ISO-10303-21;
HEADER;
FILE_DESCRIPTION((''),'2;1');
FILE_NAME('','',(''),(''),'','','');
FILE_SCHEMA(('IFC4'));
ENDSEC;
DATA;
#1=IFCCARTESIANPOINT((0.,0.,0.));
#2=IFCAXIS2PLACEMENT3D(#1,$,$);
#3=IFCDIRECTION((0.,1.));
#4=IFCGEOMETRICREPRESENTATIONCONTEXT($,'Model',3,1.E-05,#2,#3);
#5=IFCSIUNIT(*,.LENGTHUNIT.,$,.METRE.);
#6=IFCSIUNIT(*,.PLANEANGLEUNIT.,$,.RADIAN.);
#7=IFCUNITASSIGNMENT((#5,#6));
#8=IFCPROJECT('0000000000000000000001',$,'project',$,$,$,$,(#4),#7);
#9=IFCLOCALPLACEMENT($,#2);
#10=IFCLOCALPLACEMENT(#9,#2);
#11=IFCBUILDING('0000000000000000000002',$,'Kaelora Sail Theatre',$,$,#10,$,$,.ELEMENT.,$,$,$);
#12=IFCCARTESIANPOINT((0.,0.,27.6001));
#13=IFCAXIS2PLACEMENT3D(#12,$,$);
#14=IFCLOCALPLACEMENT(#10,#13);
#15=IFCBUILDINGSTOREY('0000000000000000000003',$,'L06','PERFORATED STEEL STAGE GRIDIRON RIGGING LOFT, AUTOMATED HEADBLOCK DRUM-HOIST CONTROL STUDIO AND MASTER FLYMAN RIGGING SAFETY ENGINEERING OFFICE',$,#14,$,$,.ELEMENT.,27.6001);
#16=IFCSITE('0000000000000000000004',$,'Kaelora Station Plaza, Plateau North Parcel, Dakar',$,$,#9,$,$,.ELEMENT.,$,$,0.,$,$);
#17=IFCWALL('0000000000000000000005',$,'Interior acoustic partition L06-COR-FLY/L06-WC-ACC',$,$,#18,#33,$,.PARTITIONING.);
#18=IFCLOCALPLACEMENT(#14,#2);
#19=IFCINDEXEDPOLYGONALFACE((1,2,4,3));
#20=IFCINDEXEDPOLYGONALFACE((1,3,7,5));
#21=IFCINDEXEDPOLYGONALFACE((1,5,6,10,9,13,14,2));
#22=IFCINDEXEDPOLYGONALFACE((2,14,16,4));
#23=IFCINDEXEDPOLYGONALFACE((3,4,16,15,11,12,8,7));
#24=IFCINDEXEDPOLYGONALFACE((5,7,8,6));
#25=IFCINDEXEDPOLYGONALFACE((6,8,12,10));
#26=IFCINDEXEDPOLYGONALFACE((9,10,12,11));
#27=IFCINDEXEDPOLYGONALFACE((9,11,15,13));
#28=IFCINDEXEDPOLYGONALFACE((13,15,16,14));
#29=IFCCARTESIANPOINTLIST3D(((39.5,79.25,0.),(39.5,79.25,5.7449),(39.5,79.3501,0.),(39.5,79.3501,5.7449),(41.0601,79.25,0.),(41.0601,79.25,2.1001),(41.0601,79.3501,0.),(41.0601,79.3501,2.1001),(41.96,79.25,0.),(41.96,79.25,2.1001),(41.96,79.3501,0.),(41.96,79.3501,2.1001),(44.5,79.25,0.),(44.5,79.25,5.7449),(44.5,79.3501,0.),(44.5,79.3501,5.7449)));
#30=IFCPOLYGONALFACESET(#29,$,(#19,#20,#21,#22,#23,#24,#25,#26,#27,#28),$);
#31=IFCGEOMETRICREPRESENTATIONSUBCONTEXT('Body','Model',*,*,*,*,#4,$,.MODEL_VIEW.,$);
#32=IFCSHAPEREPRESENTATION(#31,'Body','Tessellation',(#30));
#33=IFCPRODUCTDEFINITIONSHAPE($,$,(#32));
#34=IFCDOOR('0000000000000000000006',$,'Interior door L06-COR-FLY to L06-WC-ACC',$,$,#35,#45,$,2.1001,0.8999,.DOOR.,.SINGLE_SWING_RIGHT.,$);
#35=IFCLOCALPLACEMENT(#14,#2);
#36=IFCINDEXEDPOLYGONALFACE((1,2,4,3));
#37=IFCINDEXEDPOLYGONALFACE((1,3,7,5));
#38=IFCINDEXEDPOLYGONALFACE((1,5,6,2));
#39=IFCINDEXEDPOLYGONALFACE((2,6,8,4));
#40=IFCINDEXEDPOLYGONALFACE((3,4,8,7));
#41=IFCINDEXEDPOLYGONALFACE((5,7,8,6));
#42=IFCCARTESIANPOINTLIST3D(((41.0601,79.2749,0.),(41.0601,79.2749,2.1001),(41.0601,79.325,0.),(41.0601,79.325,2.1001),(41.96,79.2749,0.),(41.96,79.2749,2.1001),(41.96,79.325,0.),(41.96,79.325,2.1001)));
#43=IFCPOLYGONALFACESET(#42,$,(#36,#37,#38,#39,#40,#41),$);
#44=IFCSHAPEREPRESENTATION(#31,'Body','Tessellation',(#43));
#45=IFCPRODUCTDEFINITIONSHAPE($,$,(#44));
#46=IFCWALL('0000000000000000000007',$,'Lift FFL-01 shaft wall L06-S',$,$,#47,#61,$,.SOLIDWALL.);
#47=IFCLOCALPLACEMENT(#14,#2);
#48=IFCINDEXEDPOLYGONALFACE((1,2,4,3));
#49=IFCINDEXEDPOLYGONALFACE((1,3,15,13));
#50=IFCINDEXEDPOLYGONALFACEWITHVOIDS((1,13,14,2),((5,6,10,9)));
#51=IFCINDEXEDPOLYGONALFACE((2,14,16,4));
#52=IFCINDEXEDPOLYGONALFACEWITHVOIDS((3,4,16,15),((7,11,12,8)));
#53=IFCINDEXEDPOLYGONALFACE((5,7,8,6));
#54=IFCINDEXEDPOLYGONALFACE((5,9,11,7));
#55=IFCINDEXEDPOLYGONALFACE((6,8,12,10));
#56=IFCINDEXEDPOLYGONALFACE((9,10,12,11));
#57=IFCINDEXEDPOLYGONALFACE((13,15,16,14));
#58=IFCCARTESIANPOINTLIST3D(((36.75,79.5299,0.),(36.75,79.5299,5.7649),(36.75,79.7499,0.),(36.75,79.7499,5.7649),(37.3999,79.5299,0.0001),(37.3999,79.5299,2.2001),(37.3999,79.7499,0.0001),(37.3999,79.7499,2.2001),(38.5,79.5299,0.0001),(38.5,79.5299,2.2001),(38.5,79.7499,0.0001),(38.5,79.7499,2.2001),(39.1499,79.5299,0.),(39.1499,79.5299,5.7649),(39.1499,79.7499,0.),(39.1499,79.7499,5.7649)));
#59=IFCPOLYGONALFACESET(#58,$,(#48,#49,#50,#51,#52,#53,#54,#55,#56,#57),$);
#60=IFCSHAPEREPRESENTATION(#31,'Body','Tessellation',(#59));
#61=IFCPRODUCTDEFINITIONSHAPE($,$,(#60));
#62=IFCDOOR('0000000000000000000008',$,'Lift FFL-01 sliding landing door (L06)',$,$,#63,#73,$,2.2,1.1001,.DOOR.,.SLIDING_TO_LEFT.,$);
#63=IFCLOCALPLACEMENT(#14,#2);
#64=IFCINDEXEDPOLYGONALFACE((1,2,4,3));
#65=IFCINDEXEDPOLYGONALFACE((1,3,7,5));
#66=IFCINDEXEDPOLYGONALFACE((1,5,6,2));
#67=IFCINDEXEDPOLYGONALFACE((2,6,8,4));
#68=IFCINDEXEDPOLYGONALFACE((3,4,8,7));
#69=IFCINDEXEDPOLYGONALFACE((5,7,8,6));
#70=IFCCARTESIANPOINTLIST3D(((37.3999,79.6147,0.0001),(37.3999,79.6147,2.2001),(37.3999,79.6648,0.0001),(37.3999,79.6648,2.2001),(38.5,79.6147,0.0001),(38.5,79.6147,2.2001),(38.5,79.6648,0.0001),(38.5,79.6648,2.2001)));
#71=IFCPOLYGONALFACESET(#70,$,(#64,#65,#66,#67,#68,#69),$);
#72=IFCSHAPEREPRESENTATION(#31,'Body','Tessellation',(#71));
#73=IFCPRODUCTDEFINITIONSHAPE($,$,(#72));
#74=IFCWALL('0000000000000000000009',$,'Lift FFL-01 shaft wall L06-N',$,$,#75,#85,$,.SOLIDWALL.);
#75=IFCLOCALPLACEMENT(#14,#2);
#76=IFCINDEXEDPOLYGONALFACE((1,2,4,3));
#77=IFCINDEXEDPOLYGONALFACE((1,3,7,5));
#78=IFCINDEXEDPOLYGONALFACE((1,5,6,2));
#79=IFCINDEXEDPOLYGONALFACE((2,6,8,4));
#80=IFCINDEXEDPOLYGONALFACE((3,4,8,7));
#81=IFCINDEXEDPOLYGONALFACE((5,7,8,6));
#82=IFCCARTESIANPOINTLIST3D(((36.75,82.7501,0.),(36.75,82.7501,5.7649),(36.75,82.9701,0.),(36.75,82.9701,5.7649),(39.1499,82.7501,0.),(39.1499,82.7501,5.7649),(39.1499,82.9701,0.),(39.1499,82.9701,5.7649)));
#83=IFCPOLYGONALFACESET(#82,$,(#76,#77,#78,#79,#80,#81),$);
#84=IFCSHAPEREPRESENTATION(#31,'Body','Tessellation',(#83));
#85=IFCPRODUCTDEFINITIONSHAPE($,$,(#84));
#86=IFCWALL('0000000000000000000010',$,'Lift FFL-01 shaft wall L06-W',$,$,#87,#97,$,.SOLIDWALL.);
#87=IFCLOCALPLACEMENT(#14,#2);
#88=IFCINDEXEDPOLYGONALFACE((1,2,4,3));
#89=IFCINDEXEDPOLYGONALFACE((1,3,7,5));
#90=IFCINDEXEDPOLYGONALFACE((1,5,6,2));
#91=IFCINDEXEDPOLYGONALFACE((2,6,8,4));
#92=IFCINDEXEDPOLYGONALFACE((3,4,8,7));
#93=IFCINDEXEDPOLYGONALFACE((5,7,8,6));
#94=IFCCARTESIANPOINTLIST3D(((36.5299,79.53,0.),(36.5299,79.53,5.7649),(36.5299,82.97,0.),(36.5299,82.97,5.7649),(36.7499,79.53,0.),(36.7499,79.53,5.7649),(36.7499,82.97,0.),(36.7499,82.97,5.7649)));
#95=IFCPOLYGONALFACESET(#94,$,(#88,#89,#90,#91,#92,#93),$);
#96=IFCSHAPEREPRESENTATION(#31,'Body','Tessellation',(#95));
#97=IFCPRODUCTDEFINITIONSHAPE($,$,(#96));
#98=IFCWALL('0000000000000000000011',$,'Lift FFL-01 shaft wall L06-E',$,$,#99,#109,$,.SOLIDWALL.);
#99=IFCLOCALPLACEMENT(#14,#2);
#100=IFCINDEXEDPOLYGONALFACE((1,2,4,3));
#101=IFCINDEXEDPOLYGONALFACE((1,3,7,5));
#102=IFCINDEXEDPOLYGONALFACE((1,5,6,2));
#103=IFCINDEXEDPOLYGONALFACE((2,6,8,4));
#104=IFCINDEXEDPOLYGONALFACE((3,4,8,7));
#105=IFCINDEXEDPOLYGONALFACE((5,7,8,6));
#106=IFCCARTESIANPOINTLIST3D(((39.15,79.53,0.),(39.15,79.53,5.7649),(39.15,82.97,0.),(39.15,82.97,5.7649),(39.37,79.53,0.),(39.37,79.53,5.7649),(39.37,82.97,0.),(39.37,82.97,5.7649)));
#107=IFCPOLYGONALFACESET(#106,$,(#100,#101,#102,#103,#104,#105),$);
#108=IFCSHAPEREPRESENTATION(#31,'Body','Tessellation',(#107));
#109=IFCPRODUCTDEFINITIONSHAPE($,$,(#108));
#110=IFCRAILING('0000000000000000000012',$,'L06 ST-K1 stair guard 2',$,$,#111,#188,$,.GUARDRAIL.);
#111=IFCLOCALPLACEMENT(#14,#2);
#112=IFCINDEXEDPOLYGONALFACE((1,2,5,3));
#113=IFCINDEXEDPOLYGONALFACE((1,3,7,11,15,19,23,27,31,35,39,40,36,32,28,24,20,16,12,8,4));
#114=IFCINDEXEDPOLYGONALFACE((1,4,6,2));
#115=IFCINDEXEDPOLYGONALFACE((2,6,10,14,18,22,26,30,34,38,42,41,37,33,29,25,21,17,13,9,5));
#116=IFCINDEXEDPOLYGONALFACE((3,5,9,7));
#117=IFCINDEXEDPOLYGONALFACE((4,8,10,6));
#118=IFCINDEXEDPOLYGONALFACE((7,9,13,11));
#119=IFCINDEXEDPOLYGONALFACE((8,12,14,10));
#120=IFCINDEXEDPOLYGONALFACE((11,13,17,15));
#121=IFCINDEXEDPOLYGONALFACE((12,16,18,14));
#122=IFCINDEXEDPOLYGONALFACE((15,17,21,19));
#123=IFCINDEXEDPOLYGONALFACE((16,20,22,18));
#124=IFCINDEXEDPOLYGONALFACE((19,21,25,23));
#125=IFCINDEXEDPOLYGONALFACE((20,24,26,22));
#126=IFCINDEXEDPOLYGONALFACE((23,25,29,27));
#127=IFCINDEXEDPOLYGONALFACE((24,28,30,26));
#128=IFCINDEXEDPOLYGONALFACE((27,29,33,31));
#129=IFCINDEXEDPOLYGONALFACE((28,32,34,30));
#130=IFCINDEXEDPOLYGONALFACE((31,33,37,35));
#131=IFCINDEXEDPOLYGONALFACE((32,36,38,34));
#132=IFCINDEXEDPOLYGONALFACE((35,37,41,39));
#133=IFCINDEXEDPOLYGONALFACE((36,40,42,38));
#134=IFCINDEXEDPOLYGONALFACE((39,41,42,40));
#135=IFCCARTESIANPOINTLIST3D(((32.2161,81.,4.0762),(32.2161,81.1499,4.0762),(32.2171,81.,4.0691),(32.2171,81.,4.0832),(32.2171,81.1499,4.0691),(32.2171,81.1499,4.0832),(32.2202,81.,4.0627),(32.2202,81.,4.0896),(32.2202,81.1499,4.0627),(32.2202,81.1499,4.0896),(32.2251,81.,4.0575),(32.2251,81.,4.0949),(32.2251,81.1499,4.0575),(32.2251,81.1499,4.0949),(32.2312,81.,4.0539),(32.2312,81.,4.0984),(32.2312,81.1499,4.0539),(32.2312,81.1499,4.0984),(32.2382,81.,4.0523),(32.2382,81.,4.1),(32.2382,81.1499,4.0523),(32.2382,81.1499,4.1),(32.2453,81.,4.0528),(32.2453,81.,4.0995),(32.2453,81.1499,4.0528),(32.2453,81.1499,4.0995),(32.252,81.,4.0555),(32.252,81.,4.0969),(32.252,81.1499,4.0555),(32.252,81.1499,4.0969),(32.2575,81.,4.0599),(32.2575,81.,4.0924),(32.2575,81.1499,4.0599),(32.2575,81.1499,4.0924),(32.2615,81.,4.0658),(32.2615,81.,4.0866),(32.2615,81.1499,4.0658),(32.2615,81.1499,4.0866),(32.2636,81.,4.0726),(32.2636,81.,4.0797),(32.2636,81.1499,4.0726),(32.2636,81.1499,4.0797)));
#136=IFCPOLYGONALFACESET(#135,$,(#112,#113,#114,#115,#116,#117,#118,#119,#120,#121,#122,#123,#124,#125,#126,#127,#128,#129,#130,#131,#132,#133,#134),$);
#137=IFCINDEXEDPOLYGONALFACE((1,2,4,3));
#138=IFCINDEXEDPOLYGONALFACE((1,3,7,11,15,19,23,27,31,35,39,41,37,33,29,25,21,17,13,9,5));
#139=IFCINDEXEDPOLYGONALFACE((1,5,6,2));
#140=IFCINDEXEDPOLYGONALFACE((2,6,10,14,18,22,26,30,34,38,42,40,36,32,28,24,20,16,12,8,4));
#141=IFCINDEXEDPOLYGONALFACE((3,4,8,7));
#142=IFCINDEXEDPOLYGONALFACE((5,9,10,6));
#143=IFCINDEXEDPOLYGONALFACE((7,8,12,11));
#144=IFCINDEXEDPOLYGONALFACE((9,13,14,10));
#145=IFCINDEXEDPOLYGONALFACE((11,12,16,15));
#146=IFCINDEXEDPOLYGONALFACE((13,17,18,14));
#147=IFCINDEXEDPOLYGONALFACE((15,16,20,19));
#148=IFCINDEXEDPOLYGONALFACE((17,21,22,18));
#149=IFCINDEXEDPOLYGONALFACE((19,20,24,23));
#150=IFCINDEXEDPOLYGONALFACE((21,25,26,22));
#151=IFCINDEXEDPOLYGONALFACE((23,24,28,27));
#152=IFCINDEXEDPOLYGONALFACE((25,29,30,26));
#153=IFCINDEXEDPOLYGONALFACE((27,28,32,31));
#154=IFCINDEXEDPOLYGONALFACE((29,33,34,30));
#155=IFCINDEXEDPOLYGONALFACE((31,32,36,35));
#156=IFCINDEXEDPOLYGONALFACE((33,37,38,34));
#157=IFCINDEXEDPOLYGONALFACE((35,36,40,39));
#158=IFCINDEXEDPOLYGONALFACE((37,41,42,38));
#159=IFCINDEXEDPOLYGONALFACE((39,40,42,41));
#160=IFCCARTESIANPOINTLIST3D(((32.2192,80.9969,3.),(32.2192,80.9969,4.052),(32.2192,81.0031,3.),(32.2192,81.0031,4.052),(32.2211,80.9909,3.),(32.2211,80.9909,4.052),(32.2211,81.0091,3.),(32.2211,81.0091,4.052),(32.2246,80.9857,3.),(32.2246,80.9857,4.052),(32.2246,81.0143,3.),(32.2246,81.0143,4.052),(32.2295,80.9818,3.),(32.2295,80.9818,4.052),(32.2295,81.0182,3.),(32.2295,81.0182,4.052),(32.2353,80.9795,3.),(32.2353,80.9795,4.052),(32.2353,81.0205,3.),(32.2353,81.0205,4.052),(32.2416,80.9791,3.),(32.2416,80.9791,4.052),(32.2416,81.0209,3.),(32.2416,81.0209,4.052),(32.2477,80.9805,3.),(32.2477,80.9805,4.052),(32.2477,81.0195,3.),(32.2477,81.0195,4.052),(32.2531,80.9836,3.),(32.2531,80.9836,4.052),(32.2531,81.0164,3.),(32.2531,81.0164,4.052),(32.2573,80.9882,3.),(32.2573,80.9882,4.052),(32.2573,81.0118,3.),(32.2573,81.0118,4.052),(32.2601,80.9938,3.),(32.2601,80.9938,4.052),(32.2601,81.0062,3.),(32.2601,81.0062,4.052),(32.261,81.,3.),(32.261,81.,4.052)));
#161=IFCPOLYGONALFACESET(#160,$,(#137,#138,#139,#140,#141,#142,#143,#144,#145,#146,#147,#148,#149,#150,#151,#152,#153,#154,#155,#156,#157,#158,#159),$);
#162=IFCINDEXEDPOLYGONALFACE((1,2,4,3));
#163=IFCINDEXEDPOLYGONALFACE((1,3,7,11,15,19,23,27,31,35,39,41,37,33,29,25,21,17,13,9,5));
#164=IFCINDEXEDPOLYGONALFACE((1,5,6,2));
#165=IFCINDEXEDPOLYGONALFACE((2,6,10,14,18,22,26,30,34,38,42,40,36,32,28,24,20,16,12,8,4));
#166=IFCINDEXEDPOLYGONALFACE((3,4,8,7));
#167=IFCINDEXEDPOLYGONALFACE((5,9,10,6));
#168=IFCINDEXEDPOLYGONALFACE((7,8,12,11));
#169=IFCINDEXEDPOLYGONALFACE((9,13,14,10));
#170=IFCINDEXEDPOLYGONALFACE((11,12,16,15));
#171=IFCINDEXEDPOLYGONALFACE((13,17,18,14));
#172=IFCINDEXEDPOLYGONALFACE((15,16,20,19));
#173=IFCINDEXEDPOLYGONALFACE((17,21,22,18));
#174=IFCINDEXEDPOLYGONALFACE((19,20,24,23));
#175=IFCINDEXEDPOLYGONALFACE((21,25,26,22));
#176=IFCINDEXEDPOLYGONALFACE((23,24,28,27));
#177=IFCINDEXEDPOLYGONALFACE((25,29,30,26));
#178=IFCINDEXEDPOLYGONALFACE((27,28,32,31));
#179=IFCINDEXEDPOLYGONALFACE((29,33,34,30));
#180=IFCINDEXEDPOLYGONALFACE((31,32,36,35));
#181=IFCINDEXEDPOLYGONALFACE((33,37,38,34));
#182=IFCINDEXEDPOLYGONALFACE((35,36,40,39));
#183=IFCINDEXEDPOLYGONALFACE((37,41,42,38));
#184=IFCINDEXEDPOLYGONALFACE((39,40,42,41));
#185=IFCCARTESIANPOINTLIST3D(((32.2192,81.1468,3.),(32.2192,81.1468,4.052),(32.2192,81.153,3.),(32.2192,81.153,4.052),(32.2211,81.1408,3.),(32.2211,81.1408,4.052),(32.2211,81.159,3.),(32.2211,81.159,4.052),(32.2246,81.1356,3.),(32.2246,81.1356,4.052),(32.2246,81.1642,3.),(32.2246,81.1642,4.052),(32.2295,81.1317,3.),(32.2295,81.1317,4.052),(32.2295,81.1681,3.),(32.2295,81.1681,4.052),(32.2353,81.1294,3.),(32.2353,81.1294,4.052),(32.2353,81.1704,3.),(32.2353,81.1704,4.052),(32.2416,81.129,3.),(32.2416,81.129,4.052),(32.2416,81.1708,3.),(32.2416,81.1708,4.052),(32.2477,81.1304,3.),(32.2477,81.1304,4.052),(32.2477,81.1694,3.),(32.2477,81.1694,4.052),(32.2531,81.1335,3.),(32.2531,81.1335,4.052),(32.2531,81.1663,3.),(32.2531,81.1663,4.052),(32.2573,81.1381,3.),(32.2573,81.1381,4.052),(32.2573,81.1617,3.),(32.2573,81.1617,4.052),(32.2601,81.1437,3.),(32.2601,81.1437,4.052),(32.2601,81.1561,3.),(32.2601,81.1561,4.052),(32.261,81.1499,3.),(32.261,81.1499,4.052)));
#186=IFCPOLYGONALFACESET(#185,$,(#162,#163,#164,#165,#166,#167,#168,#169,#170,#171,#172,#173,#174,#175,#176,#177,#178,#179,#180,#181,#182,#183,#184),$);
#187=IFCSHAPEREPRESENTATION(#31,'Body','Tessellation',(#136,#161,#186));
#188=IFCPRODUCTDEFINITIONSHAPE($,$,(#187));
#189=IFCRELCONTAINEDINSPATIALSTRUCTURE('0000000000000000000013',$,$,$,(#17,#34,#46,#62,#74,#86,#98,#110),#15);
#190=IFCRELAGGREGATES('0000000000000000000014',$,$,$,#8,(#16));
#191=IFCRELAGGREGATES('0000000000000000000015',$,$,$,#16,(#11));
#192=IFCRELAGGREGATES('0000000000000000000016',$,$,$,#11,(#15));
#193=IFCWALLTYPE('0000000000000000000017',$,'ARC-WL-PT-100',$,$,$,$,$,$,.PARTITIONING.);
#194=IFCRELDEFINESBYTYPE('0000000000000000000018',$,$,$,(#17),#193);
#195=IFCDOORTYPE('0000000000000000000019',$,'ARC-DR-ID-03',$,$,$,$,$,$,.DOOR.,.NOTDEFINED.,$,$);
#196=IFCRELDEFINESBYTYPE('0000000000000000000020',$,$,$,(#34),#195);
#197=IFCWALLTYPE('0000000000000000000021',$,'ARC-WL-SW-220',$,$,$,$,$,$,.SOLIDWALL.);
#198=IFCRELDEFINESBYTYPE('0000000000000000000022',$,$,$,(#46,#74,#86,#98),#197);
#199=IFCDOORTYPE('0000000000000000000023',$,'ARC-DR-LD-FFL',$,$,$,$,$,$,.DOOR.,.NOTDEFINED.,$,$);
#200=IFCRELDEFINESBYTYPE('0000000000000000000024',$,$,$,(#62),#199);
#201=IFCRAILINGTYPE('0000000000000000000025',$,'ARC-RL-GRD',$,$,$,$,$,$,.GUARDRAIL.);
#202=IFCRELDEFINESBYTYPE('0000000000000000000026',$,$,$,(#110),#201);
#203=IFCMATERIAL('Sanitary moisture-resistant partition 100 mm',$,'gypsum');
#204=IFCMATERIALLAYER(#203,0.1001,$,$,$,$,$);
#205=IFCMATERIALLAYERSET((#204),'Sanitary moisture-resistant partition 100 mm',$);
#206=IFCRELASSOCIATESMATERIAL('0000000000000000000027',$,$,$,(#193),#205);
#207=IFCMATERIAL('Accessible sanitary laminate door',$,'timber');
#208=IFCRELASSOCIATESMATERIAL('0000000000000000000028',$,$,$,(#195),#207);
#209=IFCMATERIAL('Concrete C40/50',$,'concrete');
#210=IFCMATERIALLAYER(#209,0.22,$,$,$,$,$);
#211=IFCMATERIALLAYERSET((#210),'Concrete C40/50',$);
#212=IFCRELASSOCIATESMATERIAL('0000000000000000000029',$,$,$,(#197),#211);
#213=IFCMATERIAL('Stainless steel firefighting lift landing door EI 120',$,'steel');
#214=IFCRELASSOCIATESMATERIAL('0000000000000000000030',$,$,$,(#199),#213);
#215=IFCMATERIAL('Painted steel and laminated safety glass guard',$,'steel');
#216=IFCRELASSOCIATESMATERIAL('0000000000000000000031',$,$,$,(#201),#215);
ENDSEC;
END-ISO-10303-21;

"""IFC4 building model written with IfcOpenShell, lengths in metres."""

from ifc_helpers import new_model, si_unit, direction, frame, frame_2d, origin, origin_2d, place, context, subcontext, project, spatial, rectangle, circle, extrude, material, layer, layer_set, type_object, element, fill, save


model = new_model("IFC4")

# Units and contexts
model_context = context("Model", 3, precision=1e-05, world=origin(), true_north=direction((0.0, 1.0)))
body_context = subcontext(model_context, "Body", "Model", "MODEL_VIEW")
ifc_project = project(units=[si_unit("LENGTHUNIT", "METRE"), si_unit("PLANEANGLEUNIT", "RADIAN")], contexts=[model_context])

# Site, building, storey
site_placement = place(None, origin())
site = spatial("IfcSite", under=ifc_project, at=site_placement, Name="Kaelora Station Plaza, Plateau North Parcel, Dakar", CompositionType="ELEMENT", RefElevation=0.0)
building_placement = place(site_placement, origin())
building = spatial("IfcBuilding", under=site, at=building_placement, Name="Kaelora Sail Theatre", CompositionType="ELEMENT")
storey_placement = place(building_placement, frame((0.0, 0.0, 27.6001)))
storey = spatial("IfcBuildingStorey", under=building, at=storey_placement, Name="L06", Description="PERFORATED STEEL STAGE GRIDIRON RIGGING LOFT, AUTOMATED HEADBLOCK DRUM-HOIST CONTROL STUDIO AND MASTER FLYMAN RIGGING SAFETY ENGINEERING OFFICE", CompositionType="ELEMENT", Elevation=27.6001)

# Walls, openings, doors
ifc_material_1 = material(Name="Sanitary moisture-resistant partition 100 mm", Category="gypsum")
ifc_layer_1 = layer(ifc_material_1, 0.1001)
ifc_layer_set_1 = layer_set([ifc_layer_1], Name="Sanitary moisture-resistant partition 100 mm")
wall_type_1 = type_object("IfcWallType", Name="ARC-WL-PT-100", PredefinedType="PARTITIONING", material=ifc_layer_set_1)
wall_1_placement = place(storey_placement, frame((39.5, 79.3, 0.0), z_axis=(0.0, 0.0, 1.0), x_axis=(1.0, 0.0, 0.0)))
wall_1 = element("IfcWall", 1, at=wall_1_placement, inside=storey, type_object=wall_type_1, Name="Interior acoustic partition L06-COR-FLY/L06-WC-ACC", PredefinedType="PARTITIONING", context=body_context, shape_type="SweptSolid", body=[
    extrude(rectangle(XDim=5.0, YDim=0.1001, at=frame_2d((2.5, 0.0))), origin(), (0.0, 0.0, 1.0), 5.7449),
])
opening_1_placement = place(wall_1_placement, frame((1.5601, 0.0, 0.0)))
opening_1 = element("IfcOpeningElement", 2, at=opening_1_placement, cuts=wall_1, PredefinedType="OPENING", context=body_context, shape_type="SweptSolid", body=[
    extrude(rectangle(XDim=0.8999, YDim=2.1001, at=frame_2d((0.45, 1.05))), frame((0.0, 0.06, 0.0), z_axis=(0.0, -1.0, 0.0), x_axis=(1.0, 0.0, 0.0)), (0.0, 0.0, 1.0), 0.1201),
])
ifc_material_2 = material(Name="Accessible sanitary laminate door", Category="timber")
door_type_1 = type_object("IfcDoorType", Name="ARC-DR-ID-03", OperationType="NOTDEFINED", PredefinedType="DOOR", material=ifc_material_2)
door_1_placement = place(opening_1_placement, origin())
door_1 = element("IfcDoor", 3, at=door_1_placement, inside=storey, type_object=door_type_1, Name="Interior door L06-COR-FLY to L06-WC-ACC", OperationType="SINGLE_SWING_RIGHT", OverallHeight=2.1001, OverallWidth=0.8999, PredefinedType="DOOR", context=body_context, shape_type="SweptSolid", body=[
    extrude(rectangle(XDim=0.8999, YDim=2.1001, at=frame_2d((0.45, 1.05))), frame((0.0, 0.0249, 0.0), z_axis=(0.0, -1.0, 0.0), x_axis=(1.0, 0.0, 0.0)), (0.0, 0.0, 1.0), 0.05),
])
fill(opening_1, door_1)
ifc_material_3 = material(Name="Concrete C40/50", Category="concrete")
ifc_layer_2 = layer(ifc_material_3, 0.22)
ifc_layer_set_2 = layer_set([ifc_layer_2], Name="Concrete C40/50")
wall_type_2 = type_object("IfcWallType", Name="ARC-WL-SW-220", PredefinedType="SOLIDWALL", material=ifc_layer_set_2)
wall_2_placement = place(storey_placement, frame((36.75, 79.6399, 0.0), z_axis=(0.0, 0.0, 1.0), x_axis=(1.0, 0.0, 0.0)))
wall_2 = element("IfcWall", 4, at=wall_2_placement, inside=storey, type_object=wall_type_2, Name="Lift FFL-01 shaft wall L06-S", PredefinedType="SOLIDWALL", context=body_context, shape_type="SweptSolid", body=[
    extrude(rectangle(XDim=2.3999, YDim=0.22, at=frame_2d((1.2, 0.0))), origin(), (0.0, 0.0, 1.0), 5.7649),
])
opening_2_placement = place(wall_2_placement, frame((0.6499, 0.0, 0.0)))
opening_2 = element("IfcOpeningElement", 5, at=opening_2_placement, cuts=wall_2, PredefinedType="OPENING", context=body_context, shape_type="SweptSolid", body=[
    extrude(rectangle(XDim=1.1001, YDim=2.2, at=frame_2d((0.55, 1.1001))), frame((0.0, 0.1199, 0.0), z_axis=(0.0, -1.0, 0.0), x_axis=(1.0, 0.0, 0.0)), (0.0, 0.0, 1.0), 0.24),
])
ifc_material_4 = material(Name="Stainless steel firefighting lift landing door EI 120", Category="steel")
door_type_2 = type_object("IfcDoorType", Name="ARC-DR-LD-FFL", OperationType="NOTDEFINED", PredefinedType="DOOR", material=ifc_material_4)
door_2_placement = place(opening_2_placement, origin())
door_2 = element("IfcDoor", 6, at=door_2_placement, inside=storey, type_object=door_type_2, Name="Lift FFL-01 sliding landing door (L06)", OperationType="SLIDING_TO_LEFT", OverallHeight=2.2, OverallWidth=1.1001, PredefinedType="DOOR", context=body_context, shape_type="SweptSolid", body=[
    extrude(rectangle(XDim=1.1001, YDim=2.2, at=frame_2d((0.55, 1.1001))), frame((0.0, 0.0249, 0.0), z_axis=(0.0, -1.0, 0.0), x_axis=(1.0, 0.0, 0.0)), (0.0, 0.0, 1.0), 0.05),
])
fill(opening_2, door_2)

# Walls
wall_3_placement = place(storey_placement, frame((36.75, 82.8601, 0.0), z_axis=(0.0, 0.0, 1.0), x_axis=(1.0, 0.0, 0.0)))
element("IfcWall", 7, at=wall_3_placement, inside=storey, type_object=wall_type_2, Name="Lift FFL-01 shaft wall L06-N", PredefinedType="SOLIDWALL", context=body_context, shape_type="SweptSolid", body=[
    extrude(rectangle(XDim=2.3999, YDim=0.22, at=frame_2d((1.2, 0.0))), origin(), (0.0, 0.0, 1.0), 5.7649),
])
for number, where, z_axis, x_axis, name in (
    (8, (36.6399, 79.53, 0.0), (0.0, 0.0, 1.0), (0.0, 1.0, 0.0), "Lift FFL-01 shaft wall L06-W"),
    (9, (39.26, 79.53, 0.0), (0.0, 0.0, 1.0), (0.0, 1.0, 0.0), "Lift FFL-01 shaft wall L06-E"),
):
    element("IfcWall", number, at=place(storey_placement, frame(where, z_axis=z_axis, x_axis=x_axis)), inside=storey, type_object=wall_type_2, Name=name, PredefinedType="SOLIDWALL", context=body_context, shape_type="SweptSolid", body=[
        extrude(rectangle(XDim=3.4399, YDim=0.22, at=frame_2d((1.72, 0.0))), origin(), (0.0, 0.0, 1.0), 5.7649),
    ])

# Railing
ifc_material_5 = material(Name="Painted steel and laminated safety glass guard", Category="steel")
railing_type = type_object("IfcRailingType", Name="ARC-RL-GRD", PredefinedType="GUARDRAIL", material=ifc_material_5)
railing_placement = place(storey_placement, frame((32.24, 81.0, 3.0)))
element("IfcRailing", 10, at=railing_placement, inside=storey, type_object=railing_type, Name="L06 ST-K1 stair guard 2", PredefinedType="GUARDRAIL", context=body_context, shape_type="SweptSolid", body=[
    extrude(circle(Radius=0.0239, at=origin_2d()), frame((0.0, 0.0, 1.0762), z_axis=(0.0, 1.0, 0.0), x_axis=(-1.0, 0.0, 0.0)), (0.0, 0.0, 1.0), 0.1499),
    extrude(circle(Radius=0.021, at=origin_2d()), origin(), (0.0, 0.0, 1.0), 1.052),
    extrude(circle(Radius=0.021, at=origin_2d()), frame((0.0, 0.1499, 0.0)), (0.0, 0.0, 1.0), 1.052),
])

save(model, "model.ifc")
